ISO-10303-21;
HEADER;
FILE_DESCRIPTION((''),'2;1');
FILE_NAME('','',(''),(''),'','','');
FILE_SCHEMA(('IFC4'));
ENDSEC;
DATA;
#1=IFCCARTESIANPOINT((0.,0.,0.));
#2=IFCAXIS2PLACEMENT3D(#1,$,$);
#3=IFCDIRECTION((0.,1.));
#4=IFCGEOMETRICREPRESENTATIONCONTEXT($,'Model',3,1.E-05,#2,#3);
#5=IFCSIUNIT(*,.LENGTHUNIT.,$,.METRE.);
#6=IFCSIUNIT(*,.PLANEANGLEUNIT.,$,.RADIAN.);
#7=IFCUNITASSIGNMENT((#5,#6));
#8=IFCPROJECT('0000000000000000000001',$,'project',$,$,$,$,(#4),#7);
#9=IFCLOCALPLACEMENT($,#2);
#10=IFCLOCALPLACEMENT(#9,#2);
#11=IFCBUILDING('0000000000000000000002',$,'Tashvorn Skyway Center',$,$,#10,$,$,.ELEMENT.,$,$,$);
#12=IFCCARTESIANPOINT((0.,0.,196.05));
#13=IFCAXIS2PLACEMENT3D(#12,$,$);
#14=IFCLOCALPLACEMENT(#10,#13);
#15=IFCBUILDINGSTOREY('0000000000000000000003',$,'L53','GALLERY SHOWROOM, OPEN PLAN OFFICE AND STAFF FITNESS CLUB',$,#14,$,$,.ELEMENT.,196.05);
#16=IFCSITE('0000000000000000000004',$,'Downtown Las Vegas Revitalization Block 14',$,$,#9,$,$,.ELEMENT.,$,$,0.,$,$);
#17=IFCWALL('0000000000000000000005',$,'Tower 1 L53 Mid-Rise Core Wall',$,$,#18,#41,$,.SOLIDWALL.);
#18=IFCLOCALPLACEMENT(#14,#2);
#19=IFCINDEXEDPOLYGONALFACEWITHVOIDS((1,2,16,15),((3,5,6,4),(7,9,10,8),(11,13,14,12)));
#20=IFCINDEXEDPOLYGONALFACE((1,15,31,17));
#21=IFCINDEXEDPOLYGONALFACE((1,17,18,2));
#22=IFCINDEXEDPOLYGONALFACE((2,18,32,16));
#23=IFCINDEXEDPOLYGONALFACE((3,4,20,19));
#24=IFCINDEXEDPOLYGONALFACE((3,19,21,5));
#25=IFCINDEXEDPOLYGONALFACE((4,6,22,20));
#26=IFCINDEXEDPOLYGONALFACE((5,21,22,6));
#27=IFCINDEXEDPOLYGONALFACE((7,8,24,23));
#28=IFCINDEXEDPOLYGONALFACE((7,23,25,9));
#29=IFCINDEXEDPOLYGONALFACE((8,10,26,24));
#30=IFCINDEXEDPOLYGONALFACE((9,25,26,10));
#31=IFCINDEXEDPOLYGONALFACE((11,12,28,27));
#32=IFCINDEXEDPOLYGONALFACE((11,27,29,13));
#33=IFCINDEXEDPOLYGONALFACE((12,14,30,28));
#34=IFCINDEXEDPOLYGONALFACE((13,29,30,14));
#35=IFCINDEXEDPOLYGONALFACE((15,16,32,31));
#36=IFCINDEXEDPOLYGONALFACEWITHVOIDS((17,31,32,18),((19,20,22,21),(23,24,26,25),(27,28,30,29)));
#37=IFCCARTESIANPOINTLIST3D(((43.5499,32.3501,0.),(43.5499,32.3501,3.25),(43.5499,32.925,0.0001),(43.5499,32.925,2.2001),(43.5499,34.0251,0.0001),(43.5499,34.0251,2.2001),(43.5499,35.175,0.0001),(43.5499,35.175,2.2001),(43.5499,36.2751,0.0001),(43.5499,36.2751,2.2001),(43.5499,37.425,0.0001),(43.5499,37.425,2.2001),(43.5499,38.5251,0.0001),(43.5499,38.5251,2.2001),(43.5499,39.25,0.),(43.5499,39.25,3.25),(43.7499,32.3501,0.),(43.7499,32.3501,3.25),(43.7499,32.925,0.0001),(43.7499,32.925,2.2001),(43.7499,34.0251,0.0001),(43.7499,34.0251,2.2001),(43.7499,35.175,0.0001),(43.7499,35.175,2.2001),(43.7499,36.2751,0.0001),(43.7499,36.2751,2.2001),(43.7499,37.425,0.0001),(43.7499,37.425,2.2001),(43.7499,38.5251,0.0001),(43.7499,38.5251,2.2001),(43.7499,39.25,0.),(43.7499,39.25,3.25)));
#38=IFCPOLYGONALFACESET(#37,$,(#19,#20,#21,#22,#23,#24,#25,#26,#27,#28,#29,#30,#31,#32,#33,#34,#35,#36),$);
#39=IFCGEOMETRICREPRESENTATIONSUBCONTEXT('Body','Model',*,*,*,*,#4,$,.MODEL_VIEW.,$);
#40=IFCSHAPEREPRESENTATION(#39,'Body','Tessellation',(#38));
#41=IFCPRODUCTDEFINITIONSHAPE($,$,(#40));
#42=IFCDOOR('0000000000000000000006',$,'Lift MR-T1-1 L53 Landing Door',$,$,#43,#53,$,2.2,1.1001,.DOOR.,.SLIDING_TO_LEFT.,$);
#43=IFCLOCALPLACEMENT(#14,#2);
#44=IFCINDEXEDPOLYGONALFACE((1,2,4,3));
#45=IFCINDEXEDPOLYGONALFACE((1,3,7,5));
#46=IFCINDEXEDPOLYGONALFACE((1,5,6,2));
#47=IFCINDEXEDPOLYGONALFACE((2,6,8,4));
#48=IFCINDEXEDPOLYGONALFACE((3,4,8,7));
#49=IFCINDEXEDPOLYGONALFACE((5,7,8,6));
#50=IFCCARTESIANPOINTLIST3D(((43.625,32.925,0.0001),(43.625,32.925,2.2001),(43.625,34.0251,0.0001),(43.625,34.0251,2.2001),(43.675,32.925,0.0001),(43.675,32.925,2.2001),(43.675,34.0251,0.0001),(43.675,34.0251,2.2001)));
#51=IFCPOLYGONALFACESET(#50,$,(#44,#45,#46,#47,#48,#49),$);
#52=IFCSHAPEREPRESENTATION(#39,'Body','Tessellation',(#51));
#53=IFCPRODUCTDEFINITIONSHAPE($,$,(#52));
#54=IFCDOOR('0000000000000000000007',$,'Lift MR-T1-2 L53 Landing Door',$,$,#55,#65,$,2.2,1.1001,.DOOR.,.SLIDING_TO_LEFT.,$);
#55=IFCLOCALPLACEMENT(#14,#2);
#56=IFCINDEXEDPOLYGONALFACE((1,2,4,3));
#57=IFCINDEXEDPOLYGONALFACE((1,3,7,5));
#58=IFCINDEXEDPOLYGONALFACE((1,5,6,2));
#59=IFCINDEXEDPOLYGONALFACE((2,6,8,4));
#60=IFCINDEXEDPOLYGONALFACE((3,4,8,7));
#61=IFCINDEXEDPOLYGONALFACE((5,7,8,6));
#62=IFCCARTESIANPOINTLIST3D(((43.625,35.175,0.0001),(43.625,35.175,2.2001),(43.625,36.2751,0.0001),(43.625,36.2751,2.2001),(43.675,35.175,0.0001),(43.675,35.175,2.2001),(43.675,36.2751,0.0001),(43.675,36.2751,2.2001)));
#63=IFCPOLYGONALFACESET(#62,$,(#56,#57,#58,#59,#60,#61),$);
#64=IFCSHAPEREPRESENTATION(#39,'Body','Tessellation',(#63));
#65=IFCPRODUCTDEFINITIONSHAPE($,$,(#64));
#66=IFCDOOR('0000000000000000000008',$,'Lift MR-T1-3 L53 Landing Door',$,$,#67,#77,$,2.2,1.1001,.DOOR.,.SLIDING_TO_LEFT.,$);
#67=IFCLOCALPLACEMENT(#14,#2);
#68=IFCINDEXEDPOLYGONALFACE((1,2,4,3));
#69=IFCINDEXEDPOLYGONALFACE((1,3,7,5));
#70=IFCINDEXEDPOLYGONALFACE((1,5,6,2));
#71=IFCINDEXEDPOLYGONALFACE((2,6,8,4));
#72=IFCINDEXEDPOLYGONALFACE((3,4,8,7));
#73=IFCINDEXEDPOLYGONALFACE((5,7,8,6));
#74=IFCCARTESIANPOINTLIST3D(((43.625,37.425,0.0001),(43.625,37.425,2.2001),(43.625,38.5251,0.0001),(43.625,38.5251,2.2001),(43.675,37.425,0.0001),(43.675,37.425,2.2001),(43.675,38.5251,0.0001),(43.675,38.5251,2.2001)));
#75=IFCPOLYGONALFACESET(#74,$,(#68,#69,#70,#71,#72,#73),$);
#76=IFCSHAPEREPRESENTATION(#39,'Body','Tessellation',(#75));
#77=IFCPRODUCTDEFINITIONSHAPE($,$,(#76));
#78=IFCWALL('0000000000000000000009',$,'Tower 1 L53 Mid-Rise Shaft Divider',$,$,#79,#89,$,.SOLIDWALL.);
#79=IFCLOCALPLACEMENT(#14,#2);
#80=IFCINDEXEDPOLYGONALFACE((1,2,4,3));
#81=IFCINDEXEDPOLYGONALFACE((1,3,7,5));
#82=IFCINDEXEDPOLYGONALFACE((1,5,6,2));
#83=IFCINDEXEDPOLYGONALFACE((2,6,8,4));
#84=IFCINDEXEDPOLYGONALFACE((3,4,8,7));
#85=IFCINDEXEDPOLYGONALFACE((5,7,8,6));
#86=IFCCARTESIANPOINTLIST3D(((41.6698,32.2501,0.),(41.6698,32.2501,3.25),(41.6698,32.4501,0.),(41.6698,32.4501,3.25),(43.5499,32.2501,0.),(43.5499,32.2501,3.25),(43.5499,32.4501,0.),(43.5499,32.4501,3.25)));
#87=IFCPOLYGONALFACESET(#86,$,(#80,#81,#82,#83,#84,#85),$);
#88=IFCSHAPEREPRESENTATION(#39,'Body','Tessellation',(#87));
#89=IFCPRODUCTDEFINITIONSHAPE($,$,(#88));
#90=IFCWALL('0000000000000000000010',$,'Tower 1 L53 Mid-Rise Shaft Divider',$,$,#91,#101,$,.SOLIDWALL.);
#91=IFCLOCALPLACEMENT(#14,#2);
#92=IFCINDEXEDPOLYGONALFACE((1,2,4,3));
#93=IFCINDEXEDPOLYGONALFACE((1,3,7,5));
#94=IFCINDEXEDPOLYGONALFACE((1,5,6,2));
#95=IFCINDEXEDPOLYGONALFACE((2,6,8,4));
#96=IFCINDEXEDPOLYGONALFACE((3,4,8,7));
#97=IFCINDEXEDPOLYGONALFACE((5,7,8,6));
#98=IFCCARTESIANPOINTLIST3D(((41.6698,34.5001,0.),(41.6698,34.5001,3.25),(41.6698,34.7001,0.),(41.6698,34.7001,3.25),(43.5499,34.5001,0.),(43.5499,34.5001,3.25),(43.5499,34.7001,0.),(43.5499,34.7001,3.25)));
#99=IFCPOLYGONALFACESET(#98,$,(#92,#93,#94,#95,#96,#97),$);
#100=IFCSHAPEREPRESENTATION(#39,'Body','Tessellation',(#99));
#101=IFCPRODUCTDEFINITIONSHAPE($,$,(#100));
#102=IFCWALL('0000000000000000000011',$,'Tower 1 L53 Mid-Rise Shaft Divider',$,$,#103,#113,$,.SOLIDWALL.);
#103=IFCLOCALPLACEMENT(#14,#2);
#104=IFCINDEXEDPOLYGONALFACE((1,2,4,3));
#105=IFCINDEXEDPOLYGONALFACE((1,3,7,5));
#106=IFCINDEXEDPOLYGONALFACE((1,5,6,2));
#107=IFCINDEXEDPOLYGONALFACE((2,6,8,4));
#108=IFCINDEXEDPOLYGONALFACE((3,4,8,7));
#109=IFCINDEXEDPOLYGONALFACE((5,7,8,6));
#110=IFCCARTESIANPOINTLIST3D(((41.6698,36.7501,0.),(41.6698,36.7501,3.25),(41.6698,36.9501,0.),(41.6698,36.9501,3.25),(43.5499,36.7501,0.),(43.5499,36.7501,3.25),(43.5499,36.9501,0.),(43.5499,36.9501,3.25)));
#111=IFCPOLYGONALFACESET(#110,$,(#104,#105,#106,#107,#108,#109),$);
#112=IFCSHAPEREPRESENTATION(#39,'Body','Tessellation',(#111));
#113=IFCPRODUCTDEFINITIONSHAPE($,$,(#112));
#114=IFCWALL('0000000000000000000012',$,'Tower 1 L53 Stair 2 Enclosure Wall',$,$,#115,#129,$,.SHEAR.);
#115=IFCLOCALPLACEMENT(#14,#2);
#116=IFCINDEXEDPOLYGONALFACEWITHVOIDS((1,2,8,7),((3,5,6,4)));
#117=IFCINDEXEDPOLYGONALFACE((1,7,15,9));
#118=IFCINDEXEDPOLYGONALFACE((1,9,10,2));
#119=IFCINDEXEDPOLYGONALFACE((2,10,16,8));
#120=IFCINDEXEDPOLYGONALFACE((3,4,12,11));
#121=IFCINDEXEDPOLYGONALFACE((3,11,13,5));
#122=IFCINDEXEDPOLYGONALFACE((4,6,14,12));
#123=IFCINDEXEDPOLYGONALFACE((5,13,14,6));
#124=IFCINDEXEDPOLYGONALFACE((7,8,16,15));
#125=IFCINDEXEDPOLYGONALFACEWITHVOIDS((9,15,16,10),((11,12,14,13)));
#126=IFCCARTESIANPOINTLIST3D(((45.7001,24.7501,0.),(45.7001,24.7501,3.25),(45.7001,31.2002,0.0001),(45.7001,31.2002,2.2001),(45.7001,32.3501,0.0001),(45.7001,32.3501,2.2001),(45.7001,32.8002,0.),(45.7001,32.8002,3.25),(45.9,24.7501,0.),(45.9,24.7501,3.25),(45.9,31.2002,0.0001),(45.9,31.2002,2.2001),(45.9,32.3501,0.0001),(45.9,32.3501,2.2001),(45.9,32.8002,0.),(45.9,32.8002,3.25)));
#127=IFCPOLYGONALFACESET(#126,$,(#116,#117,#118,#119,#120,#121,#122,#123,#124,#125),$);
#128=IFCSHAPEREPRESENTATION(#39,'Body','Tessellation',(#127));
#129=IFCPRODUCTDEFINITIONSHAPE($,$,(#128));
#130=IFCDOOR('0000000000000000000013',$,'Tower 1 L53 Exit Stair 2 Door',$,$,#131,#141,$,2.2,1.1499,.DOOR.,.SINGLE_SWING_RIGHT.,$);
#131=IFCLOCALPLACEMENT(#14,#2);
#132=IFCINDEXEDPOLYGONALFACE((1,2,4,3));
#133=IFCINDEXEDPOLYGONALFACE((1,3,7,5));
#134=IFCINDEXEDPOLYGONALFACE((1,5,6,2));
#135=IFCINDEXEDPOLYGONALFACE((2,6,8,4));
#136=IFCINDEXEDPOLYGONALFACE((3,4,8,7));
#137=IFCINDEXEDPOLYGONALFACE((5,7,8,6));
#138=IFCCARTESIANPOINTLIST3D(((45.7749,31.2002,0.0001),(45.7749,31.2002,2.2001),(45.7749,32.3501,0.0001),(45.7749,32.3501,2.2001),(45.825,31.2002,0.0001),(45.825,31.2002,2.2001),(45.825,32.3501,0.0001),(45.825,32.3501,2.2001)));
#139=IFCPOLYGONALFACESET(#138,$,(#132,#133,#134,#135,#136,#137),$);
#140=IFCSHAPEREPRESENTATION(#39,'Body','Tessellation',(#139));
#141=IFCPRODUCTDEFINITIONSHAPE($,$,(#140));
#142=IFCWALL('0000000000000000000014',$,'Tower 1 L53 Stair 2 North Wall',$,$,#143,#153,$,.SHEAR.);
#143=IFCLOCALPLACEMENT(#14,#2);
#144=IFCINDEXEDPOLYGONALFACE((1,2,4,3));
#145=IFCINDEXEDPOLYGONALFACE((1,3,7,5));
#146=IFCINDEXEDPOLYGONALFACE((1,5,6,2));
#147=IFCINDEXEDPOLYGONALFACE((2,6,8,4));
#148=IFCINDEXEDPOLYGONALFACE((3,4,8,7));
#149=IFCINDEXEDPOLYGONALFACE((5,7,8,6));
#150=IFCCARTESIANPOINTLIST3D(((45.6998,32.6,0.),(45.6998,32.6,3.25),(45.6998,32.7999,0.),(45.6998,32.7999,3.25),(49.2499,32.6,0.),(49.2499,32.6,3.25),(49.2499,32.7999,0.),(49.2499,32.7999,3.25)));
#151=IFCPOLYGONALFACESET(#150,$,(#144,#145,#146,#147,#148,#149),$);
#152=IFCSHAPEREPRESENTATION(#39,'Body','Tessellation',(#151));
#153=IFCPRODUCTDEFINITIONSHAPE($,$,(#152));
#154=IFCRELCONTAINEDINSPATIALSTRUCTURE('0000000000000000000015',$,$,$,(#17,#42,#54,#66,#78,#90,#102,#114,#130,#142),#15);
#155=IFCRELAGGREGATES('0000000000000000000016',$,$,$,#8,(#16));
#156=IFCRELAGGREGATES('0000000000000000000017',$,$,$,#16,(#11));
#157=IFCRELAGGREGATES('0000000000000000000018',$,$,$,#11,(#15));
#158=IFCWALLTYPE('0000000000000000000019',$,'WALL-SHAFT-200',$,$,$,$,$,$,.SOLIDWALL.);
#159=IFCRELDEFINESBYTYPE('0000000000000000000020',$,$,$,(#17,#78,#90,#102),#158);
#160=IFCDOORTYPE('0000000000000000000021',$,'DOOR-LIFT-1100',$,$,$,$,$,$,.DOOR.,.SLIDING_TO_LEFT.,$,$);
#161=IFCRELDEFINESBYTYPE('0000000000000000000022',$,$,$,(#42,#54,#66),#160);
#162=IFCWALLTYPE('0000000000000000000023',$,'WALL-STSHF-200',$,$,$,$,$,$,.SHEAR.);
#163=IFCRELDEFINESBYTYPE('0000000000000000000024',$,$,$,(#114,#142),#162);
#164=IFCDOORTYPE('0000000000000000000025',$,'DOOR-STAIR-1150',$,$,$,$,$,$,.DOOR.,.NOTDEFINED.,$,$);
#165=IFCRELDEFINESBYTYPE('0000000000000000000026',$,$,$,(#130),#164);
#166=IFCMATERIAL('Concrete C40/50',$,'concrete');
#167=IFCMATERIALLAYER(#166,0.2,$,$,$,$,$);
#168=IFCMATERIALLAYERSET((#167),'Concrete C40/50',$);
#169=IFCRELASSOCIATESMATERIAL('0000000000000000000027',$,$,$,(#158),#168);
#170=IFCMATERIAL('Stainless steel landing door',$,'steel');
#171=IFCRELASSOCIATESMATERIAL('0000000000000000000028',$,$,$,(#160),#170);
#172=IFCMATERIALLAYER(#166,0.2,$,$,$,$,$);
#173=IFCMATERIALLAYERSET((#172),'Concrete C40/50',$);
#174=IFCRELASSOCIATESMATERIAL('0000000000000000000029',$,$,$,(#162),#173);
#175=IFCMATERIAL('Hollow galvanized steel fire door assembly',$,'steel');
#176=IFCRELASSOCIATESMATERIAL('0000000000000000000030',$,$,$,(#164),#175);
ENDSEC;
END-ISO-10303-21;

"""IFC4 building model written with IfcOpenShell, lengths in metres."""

from ifc_helpers import new_model, si_unit, direction, frame, frame_2d, origin, place, context, subcontext, project, spatial, rectangle, extrude, material, layer, layer_set, type_object, element, fill, save


model = new_model("IFC4")

# Units and contexts
model_context = context("Model", 3, precision=1e-05, world=origin(), true_north=direction((0.0, 1.0)))
body_context = subcontext(model_context, "Body", "Model", "MODEL_VIEW")
ifc_project = project(units=[si_unit("LENGTHUNIT", "METRE"), si_unit("PLANEANGLEUNIT", "RADIAN")], contexts=[model_context])

# Site, building, storey
site_placement = place(None, origin())
site = spatial("IfcSite", under=ifc_project, at=site_placement, Name="Downtown Las Vegas Revitalization Block 14", CompositionType="ELEMENT", RefElevation=0.0)
building_placement = place(site_placement, origin())
building = spatial("IfcBuilding", under=site, at=building_placement, Name="Tashvorn Skyway Center", CompositionType="ELEMENT")
storey_placement = place(building_placement, frame((0.0, 0.0, 196.05)))
storey = spatial("IfcBuildingStorey", under=building, at=storey_placement, Name="L53", Description="GALLERY SHOWROOM, OPEN PLAN OFFICE AND STAFF FITNESS CLUB", CompositionType="ELEMENT", Elevation=196.05)

# Shared definitions
ifc_material_1 = material(Name="Concrete C40/50", Category="concrete")

# Shared definitions
ifc_material_2 = material(Name="Hollow galvanized steel fire door assembly", Category="steel")

# Shared definitions
ifc_layer_1 = layer(ifc_material_1, 0.2)
ifc_layer_set_1 = layer_set([ifc_layer_1], Name="Concrete C40/50")
wall_type_1 = type_object("IfcWallType", Name="WALL-SHAFT-200", PredefinedType="SOLIDWALL", material=ifc_layer_set_1)

# Wall, openings, doors
wall_1_placement = place(storey_placement, frame((43.6499, 32.3501, 0.0), z_axis=(0.0, 0.0, 1.0), x_axis=(0.0, 1.0, 0.0)))
wall_1 = element("IfcWall", 1, at=wall_1_placement, inside=storey, type_object=wall_type_1, Name="Tower 1 L53 Mid-Rise Core Wall", PredefinedType="SOLIDWALL", context=body_context, shape_type="SweptSolid", body=[
    extrude(rectangle(XDim=6.8999, YDim=0.2, at=frame_2d((3.45, 0.0))), origin(), (0.0, 0.0, 1.0), 3.25),
])
opening_1_placement = place(wall_1_placement, frame((0.575, 0.0, 0.0)))
opening_1 = element("IfcOpeningElement", 2, at=opening_1_placement, cuts=wall_1, PredefinedType="OPENING", context=body_context, shape_type="SweptSolid", body=[
    extrude(rectangle(XDim=1.1001, YDim=2.2, at=frame_2d((0.55, 1.1001))), frame((0.0, 0.1099, 0.0), z_axis=(0.0, -1.0, 0.0), x_axis=(1.0, 0.0, 0.0)), (0.0, 0.0, 1.0), 0.22),
])
opening_2_placement = place(wall_1_placement, frame((2.825, 0.0, 0.0)))
opening_2 = element("IfcOpeningElement", 3, at=opening_2_placement, cuts=wall_1, PredefinedType="OPENING", context=body_context, shape_type="SweptSolid", body=[
    extrude(rectangle(XDim=1.1001, YDim=2.2, at=frame_2d((0.55, 1.1001))), frame((0.0, 0.1099, 0.0), z_axis=(0.0, -1.0, 0.0), x_axis=(1.0, 0.0, 0.0)), (0.0, 0.0, 1.0), 0.22),
])
opening_3_placement = place(wall_1_placement, frame((5.075, 0.0, 0.0)))
opening_3 = element("IfcOpeningElement", 4, at=opening_3_placement, cuts=wall_1, PredefinedType="OPENING", context=body_context, shape_type="SweptSolid", body=[
    extrude(rectangle(XDim=1.1001, YDim=2.2, at=frame_2d((0.55, 1.1001))), frame((0.0, 0.1099, 0.0), z_axis=(0.0, -1.0, 0.0), x_axis=(1.0, 0.0, 0.0)), (0.0, 0.0, 1.0), 0.22),
])
ifc_material_3 = material(Name="Stainless steel landing door", Category="steel")
door_type_1 = type_object("IfcDoorType", Name="DOOR-LIFT-1100", OperationType="SLIDING_TO_LEFT", PredefinedType="DOOR", material=ifc_material_3)
door_1_placement = place(opening_1_placement, origin())
door_1 = element("IfcDoor", 5, at=door_1_placement, inside=storey, type_object=door_type_1, Name="Lift MR-T1-1 L53 Landing Door", OperationType="SLIDING_TO_LEFT", OverallHeight=2.2, OverallWidth=1.1001, PredefinedType="DOOR", context=body_context, shape_type="SweptSolid", body=[
    extrude(rectangle(XDim=1.1001, YDim=2.2, at=frame_2d((0.55, 1.1001))), frame((0.0, 0.0249, 0.0), z_axis=(0.0, -1.0, 0.0), x_axis=(1.0, 0.0, 0.0)), (0.0, 0.0, 1.0), 0.05),
])
fill(opening_1, door_1)
door_2_placement = place(opening_2_placement, origin())
door_2 = element("IfcDoor", 6, at=door_2_placement, inside=storey, type_object=door_type_1, Name="Lift MR-T1-2 L53 Landing Door", OperationType="SLIDING_TO_LEFT", OverallHeight=2.2, OverallWidth=1.1001, PredefinedType="DOOR", context=body_context, shape_type="SweptSolid", body=[
    extrude(rectangle(XDim=1.1001, YDim=2.2, at=frame_2d((0.55, 1.1001))), frame((0.0, 0.0249, 0.0), z_axis=(0.0, -1.0, 0.0), x_axis=(1.0, 0.0, 0.0)), (0.0, 0.0, 1.0), 0.05),
])
fill(opening_2, door_2)
door_3_placement = place(opening_3_placement, origin())
door_3 = element("IfcDoor", 7, at=door_3_placement, inside=storey, type_object=door_type_1, Name="Lift MR-T1-3 L53 Landing Door", OperationType="SLIDING_TO_LEFT", OverallHeight=2.2, OverallWidth=1.1001, PredefinedType="DOOR", context=body_context, shape_type="SweptSolid", body=[
    extrude(rectangle(XDim=1.1001, YDim=2.2, at=frame_2d((0.55, 1.1001))), frame((0.0, 0.0249, 0.0), z_axis=(0.0, -1.0, 0.0), x_axis=(1.0, 0.0, 0.0)), (0.0, 0.0, 1.0), 0.05),
])
fill(opening_3, door_3)

# Walls
for number, where, z_axis, x_axis, name in (
    (8, (41.6699, 32.3501, 0.0), (0.0, 0.0, 1.0), (1.0, 0.0, 0.0), "Tower 1 L53 Mid-Rise Shaft Divider"),
    (9, (41.6699, 34.6001, 0.0), (0.0, 0.0, 1.0), (1.0, 0.0, 0.0), "Tower 1 L53 Mid-Rise Shaft Divider"),
    (10, (41.6699, 36.8501, 0.0), (0.0, 0.0, 1.0), (1.0, 0.0, 0.0), "Tower 1 L53 Mid-Rise Shaft Divider"),
):
    element("IfcWall", number, at=place(storey_placement, frame(where, z_axis=z_axis, x_axis=x_axis)), inside=storey, type_object=wall_type_1, Name=name, PredefinedType="SOLIDWALL", context=body_context, shape_type="SweptSolid", body=[
        extrude(rectangle(XDim=1.8801, YDim=0.2, at=frame_2d((0.9399, 0.0))), origin(), (0.0, 0.0, 1.0), 3.25),
    ])

# Wall, opening, door
ifc_layer_2 = layer(ifc_material_1, 0.2)
ifc_layer_set_2 = layer_set([ifc_layer_2], Name="Concrete C40/50")
wall_type_2 = type_object("IfcWallType", Name="WALL-STSHF-200", PredefinedType="SHEAR", material=ifc_layer_set_2)
wall_2_placement = place(storey_placement, frame((45.8, 32.8, 0.0), z_axis=(0.0, 0.0, 1.0), x_axis=(0.0, -1.0, 0.0)))
wall_2 = element("IfcWall", 11, at=wall_2_placement, inside=storey, type_object=wall_type_2, Name="Tower 1 L53 Stair 2 Enclosure Wall", PredefinedType="SHEAR", context=body_context, shape_type="SweptSolid", body=[
    extrude(rectangle(XDim=8.05, YDim=0.2, at=frame_2d((4.0249, 0.0))), origin(), (0.0, 0.0, 1.0), 3.25),
])
opening_4_placement = place(wall_2_placement, frame((0.45, 0.0, 0.0)))
opening_4 = element("IfcOpeningElement", 12, at=opening_4_placement, cuts=wall_2, PredefinedType="OPENING", context=body_context, shape_type="SweptSolid", body=[
    extrude(rectangle(XDim=1.1499, YDim=2.2, at=frame_2d((0.575, 1.1001))), frame((0.0, 0.1099, 0.0), z_axis=(0.0, -1.0, 0.0), x_axis=(1.0, 0.0, 0.0)), (0.0, 0.0, 1.0), 0.22),
])
door_type_2 = type_object("IfcDoorType", Name="DOOR-STAIR-1150", OperationType="NOTDEFINED", PredefinedType="DOOR", material=ifc_material_2)
door_4_placement = place(opening_4_placement, origin())
door_4 = element("IfcDoor", 13, at=door_4_placement, inside=storey, type_object=door_type_2, Name="Tower 1 L53 Exit Stair 2 Door", OperationType="SINGLE_SWING_RIGHT", OverallHeight=2.2, OverallWidth=1.1499, PredefinedType="DOOR", context=body_context, shape_type="SweptSolid", body=[
    extrude(rectangle(XDim=1.1499, YDim=2.2, at=frame_2d((0.575, 1.1001))), frame((0.0, 0.0249, 0.0), z_axis=(0.0, -1.0, 0.0), x_axis=(1.0, 0.0, 0.0)), (0.0, 0.0, 1.0), 0.05),
])
fill(opening_4, door_4)

# Wall
wall_3_placement = place(storey_placement, frame((45.7, 32.7, 0.0), z_axis=(0.0, 0.0, 1.0), x_axis=(1.0, 0.0, 0.0)))
element("IfcWall", 14, at=wall_3_placement, inside=storey, type_object=wall_type_2, Name="Tower 1 L53 Stair 2 North Wall", PredefinedType="SHEAR", context=body_context, shape_type="SweptSolid", body=[
    extrude(rectangle(XDim=3.55, YDim=0.2, at=frame_2d((1.7749, 0.0))), origin(), (0.0, 0.0, 1.0), 3.25),
])

save(model, "model.ifc")
